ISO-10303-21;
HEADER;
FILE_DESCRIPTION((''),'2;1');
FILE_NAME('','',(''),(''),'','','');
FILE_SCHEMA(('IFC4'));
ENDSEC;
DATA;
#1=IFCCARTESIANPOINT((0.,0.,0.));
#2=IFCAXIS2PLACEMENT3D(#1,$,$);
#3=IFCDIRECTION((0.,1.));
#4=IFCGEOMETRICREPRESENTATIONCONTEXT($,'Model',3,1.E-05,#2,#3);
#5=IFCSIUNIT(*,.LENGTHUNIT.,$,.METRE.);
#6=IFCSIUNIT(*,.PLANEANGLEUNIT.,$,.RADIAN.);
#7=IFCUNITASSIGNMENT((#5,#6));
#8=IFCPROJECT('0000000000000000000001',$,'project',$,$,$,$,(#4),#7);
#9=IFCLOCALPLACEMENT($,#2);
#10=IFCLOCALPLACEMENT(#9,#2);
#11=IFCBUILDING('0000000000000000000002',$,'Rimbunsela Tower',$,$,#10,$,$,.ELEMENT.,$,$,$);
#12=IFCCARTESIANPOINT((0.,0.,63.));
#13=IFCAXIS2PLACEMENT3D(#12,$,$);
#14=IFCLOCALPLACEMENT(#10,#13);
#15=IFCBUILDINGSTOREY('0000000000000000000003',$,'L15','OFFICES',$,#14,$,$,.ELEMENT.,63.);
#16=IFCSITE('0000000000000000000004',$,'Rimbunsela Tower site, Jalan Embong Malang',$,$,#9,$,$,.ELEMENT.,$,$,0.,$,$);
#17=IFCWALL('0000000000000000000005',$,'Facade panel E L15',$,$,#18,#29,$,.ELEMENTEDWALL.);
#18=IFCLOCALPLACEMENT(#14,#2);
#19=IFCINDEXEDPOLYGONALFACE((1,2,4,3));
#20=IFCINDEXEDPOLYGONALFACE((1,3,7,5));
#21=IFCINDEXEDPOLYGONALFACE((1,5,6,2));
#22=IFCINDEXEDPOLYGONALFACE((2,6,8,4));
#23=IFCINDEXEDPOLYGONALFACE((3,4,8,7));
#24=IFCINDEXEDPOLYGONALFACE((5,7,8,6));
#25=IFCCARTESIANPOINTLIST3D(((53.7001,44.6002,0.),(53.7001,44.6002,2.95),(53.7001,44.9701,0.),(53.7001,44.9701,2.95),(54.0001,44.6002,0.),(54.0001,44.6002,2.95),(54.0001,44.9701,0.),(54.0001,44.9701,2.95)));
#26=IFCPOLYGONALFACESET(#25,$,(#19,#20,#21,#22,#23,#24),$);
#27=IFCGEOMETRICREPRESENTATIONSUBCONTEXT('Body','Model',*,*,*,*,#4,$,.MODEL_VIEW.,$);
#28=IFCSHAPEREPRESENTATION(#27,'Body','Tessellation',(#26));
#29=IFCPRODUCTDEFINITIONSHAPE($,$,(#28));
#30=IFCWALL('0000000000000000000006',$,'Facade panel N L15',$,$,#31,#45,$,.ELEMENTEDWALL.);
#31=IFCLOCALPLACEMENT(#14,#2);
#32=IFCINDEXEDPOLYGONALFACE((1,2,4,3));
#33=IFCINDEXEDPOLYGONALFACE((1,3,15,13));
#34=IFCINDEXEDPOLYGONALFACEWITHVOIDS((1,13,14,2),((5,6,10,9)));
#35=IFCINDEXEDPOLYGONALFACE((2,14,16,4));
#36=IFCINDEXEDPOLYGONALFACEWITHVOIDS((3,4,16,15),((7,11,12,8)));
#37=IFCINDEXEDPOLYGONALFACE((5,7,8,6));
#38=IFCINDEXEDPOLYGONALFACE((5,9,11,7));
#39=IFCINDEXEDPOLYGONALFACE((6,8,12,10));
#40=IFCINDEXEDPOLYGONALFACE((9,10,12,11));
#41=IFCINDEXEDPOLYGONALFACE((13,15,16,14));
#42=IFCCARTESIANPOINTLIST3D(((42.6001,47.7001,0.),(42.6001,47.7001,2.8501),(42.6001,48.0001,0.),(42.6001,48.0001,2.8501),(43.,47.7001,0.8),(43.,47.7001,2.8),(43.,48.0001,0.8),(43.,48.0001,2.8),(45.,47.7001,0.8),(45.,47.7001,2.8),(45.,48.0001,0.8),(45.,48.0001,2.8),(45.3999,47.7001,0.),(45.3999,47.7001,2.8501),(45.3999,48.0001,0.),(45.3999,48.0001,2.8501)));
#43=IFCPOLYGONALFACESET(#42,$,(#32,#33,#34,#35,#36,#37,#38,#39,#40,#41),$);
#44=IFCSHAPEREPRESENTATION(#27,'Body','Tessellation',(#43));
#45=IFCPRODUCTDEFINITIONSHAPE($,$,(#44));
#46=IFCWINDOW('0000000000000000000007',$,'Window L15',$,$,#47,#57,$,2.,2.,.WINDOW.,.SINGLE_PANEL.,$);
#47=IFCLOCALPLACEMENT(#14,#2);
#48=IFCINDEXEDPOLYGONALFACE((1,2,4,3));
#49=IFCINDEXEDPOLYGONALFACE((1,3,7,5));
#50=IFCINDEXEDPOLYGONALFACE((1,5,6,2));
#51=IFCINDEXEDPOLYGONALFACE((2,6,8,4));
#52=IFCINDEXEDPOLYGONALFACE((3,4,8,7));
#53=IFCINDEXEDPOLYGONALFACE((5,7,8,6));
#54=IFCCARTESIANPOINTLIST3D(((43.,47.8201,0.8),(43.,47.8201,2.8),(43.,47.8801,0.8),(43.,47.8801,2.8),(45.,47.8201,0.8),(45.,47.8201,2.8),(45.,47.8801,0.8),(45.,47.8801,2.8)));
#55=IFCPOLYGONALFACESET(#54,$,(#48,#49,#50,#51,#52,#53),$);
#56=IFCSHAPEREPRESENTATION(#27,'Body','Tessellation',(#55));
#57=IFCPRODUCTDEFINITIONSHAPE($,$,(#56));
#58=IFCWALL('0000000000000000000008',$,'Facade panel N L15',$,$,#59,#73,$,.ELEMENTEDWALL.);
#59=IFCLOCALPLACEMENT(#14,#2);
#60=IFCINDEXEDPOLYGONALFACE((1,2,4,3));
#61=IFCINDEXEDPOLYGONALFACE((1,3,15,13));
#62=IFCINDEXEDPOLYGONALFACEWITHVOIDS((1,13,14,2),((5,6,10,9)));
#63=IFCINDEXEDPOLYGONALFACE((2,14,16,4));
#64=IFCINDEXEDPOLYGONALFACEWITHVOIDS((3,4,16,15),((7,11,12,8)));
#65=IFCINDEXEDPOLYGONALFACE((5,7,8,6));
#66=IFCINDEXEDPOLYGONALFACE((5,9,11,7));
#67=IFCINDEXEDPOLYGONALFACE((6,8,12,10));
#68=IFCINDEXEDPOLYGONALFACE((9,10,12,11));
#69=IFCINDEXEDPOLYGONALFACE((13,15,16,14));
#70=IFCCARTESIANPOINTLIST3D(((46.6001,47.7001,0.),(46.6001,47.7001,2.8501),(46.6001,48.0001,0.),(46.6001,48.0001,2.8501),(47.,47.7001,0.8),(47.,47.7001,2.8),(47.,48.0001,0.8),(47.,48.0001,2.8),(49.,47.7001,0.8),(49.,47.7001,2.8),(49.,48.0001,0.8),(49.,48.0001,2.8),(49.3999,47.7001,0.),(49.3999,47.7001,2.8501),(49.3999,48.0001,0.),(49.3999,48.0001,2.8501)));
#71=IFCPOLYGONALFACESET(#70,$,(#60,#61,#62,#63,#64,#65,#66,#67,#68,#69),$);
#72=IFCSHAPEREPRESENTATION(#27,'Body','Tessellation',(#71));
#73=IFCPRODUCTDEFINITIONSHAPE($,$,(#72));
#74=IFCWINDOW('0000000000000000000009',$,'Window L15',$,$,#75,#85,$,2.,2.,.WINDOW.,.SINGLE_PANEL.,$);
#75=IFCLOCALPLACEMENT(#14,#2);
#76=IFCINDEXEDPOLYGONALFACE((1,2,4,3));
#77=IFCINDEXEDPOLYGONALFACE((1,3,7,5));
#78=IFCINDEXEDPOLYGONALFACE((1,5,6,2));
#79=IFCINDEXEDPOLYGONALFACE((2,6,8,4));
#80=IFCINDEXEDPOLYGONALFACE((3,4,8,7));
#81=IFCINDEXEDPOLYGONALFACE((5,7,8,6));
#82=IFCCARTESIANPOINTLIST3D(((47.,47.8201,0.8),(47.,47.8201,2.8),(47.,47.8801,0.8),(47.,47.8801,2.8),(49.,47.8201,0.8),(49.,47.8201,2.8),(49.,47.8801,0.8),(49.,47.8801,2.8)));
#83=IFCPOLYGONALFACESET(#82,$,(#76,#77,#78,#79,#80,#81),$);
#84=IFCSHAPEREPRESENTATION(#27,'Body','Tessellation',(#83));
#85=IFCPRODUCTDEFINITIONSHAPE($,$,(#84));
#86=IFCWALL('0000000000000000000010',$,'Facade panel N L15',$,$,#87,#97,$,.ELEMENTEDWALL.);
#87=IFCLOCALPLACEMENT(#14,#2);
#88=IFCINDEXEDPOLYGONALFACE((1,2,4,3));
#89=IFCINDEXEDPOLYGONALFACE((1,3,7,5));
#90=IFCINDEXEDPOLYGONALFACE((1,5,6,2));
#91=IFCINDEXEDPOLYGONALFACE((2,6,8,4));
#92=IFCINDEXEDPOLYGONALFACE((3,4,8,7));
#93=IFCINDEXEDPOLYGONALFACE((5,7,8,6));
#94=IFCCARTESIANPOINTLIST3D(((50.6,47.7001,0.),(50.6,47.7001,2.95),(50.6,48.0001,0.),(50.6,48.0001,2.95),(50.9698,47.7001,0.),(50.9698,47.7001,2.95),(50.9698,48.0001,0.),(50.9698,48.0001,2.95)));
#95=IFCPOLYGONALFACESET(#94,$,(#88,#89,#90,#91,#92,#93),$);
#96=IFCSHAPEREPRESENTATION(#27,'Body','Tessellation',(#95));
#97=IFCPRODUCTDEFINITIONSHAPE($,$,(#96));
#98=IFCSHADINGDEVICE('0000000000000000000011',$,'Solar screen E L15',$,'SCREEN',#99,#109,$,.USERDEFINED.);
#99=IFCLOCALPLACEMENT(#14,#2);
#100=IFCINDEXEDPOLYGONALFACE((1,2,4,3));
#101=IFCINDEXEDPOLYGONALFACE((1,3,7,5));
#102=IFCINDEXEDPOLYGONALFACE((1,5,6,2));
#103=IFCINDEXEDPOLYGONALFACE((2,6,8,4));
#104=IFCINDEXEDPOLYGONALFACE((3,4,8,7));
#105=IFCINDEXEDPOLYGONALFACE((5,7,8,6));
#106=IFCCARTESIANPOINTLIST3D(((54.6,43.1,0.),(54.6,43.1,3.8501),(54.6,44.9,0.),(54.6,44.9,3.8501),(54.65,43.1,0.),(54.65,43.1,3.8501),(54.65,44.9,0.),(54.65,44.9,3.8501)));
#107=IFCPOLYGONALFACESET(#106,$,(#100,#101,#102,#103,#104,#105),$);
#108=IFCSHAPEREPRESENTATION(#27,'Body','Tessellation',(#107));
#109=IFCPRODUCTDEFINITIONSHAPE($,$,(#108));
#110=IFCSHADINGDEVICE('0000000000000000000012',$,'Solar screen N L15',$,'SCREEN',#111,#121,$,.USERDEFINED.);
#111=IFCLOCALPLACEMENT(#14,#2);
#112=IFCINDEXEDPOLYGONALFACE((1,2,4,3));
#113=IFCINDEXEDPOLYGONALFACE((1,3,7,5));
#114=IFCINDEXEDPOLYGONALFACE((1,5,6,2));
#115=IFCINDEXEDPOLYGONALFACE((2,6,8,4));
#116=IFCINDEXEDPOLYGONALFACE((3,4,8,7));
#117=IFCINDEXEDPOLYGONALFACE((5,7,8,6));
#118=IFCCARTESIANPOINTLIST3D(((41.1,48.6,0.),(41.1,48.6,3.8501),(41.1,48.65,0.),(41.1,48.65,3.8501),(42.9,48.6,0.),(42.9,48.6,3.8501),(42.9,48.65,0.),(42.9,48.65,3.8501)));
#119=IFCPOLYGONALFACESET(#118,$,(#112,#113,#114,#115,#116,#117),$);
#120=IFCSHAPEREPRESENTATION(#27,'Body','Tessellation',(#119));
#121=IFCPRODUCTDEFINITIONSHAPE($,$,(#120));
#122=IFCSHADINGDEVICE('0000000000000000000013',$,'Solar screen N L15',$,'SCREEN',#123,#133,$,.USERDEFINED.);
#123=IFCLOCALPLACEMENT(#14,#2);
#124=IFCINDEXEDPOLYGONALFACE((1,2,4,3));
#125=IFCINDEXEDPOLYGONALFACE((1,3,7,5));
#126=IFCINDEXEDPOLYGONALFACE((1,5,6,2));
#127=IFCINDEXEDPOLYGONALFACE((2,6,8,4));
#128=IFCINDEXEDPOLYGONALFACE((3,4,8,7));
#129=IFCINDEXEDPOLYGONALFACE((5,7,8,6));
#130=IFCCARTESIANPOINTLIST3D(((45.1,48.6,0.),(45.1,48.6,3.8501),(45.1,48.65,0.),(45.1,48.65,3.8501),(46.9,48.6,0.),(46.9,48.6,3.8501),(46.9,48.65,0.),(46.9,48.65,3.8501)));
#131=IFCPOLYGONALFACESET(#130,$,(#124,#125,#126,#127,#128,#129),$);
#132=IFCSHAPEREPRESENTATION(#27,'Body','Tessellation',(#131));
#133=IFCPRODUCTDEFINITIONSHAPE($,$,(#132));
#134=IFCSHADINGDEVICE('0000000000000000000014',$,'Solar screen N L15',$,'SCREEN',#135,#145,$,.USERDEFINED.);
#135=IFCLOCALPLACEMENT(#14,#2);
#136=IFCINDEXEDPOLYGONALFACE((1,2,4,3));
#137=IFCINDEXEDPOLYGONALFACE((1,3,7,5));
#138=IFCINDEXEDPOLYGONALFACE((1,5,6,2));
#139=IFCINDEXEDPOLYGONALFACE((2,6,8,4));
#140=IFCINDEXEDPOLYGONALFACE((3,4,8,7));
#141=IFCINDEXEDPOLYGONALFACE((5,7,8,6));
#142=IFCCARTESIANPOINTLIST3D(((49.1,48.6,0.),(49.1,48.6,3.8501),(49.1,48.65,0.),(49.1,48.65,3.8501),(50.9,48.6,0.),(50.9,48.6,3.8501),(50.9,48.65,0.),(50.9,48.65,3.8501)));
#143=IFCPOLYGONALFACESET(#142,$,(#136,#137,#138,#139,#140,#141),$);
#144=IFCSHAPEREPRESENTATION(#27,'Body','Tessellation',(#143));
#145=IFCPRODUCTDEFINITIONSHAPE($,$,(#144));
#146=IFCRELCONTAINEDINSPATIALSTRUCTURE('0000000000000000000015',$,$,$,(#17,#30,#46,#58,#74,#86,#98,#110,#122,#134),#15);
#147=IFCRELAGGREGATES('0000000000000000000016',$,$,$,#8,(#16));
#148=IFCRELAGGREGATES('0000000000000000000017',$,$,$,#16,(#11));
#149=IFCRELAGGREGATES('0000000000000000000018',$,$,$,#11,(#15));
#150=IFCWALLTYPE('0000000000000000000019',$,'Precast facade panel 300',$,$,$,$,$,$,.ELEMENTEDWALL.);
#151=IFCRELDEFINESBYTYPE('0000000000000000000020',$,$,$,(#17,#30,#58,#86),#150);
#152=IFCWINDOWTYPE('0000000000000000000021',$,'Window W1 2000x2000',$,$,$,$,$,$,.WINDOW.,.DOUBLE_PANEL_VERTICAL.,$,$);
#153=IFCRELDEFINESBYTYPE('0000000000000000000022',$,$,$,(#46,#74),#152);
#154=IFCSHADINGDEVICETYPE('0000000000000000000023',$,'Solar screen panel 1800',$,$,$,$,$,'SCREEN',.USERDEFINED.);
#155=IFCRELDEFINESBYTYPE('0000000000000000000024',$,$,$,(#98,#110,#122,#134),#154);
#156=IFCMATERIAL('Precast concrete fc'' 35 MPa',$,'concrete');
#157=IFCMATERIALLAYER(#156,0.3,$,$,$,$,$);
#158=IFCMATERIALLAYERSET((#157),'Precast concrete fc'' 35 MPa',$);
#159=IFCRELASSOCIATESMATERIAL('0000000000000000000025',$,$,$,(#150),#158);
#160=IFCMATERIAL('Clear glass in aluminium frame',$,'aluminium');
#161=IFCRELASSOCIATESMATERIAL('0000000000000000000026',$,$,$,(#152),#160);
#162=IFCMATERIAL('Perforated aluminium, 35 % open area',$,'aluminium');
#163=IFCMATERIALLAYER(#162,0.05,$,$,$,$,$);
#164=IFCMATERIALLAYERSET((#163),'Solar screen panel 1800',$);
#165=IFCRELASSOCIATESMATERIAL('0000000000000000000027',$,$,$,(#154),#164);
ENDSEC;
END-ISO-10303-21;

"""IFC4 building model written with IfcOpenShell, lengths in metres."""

from ifc_helpers import new_model, si_unit, direction, frame, frame_2d, origin, origin_2d, place, context, subcontext, project, spatial, rectangle, extrude, material, layer, layer_set, type_object, element, fill, save


model = new_model("IFC4")

# Units and contexts
model_context = context("Model", 3, precision=1e-05, world=origin(), true_north=direction((0.0, 1.0)))
body_context = subcontext(model_context, "Body", "Model", "MODEL_VIEW")
ifc_project = project(units=[si_unit("LENGTHUNIT", "METRE"), si_unit("PLANEANGLEUNIT", "RADIAN")], contexts=[model_context])

# Site, building, storey
site_placement = place(None, origin())
site = spatial("IfcSite", under=ifc_project, at=site_placement, Name="Rimbunsela Tower site, Jalan Embong Malang", CompositionType="ELEMENT", RefElevation=0.0)
building_placement = place(site_placement, origin())
building = spatial("IfcBuilding", under=site, at=building_placement, Name="Rimbunsela Tower", CompositionType="ELEMENT")
storey_placement = place(building_placement, frame((0.0, 0.0, 63.0)))
storey = spatial("IfcBuildingStorey", under=building, at=storey_placement, Name="L15", Description="OFFICES", CompositionType="ELEMENT", Elevation=63.0)

# Wall
ifc_material_1 = material(Name="Precast concrete fc' 35 MPa", Category="concrete")
ifc_layer_1 = layer(ifc_material_1, 0.3)
ifc_layer_set_1 = layer_set([ifc_layer_1], Name="Precast concrete fc' 35 MPa")
wall_type_1 = type_object("IfcWallType", Name="Precast facade panel 300", PredefinedType="ELEMENTEDWALL", material=ifc_layer_set_1)
wall_1_placement = place(storey_placement, frame((53.8501, 44.6001, 0.0), z_axis=(0.0, 0.0, 1.0), x_axis=(0.0, 1.0, 0.0)))
element("IfcWall", 1, at=wall_1_placement, inside=storey, type_object=wall_type_1, Name="Facade panel E L15", PredefinedType="ELEMENTEDWALL", context=body_context, shape_type="SweptSolid", body=[
    extrude(rectangle(XDim=0.3699, YDim=0.3, at=frame_2d((0.1851, 0.0))), origin(), (0.0, 0.0, 1.0), 2.95),
])

# Walls, openings, windows
wall_2_placement = place(storey_placement, frame((45.3999, 47.8501, 0.0), z_axis=(0.0, 0.0, 1.0), x_axis=(-1.0, 0.0, 0.0)))
wall_2 = element("IfcWall", 2, at=wall_2_placement, inside=storey, type_object=wall_type_1, Name="Facade panel N L15", PredefinedType="ELEMENTEDWALL", context=body_context, shape_type="SweptSolid", body=[
    extrude(rectangle(XDim=2.7998, YDim=0.3, at=frame_2d((1.3999, 0.0))), origin(), (0.0, 0.0, 1.0), 2.8501),
])
opening_1_placement = place(wall_2_placement, frame((0.3999, 0.0, 0.8)))
opening_1 = element("IfcOpeningElement", 3, at=opening_1_placement, cuts=wall_2, PredefinedType="OPENING", context=body_context, shape_type="SweptSolid", body=[
    extrude(rectangle(XDim=2.0, YDim=2.0, at=frame_2d((1.0, 1.0))), frame((0.0, 0.1599, 0.0), z_axis=(0.0, -1.0, 0.0), x_axis=(1.0, 0.0, 0.0)), (0.0, 0.0, 1.0), 0.3201),
])
ifc_material_2 = material(Name="Clear glass in aluminium frame", Category="aluminium")
window_type = type_object("IfcWindowType", Name="Window W1 2000x2000", PartitioningType="DOUBLE_PANEL_VERTICAL", PredefinedType="WINDOW", material=ifc_material_2)
window_1_placement = place(opening_1_placement, origin())
window_1 = element("IfcWindow", 4, at=window_1_placement, inside=storey, type_object=window_type, Name="Window L15", OverallHeight=2.0, OverallWidth=2.0, PartitioningType="SINGLE_PANEL", PredefinedType="WINDOW", context=body_context, shape_type="SweptSolid", body=[
    extrude(rectangle(XDim=2.0, YDim=2.0, at=frame_2d((1.0, 1.0))), frame((0.0, 0.03, 0.0), z_axis=(0.0, -1.0, 0.0), x_axis=(1.0, 0.0, 0.0)), (0.0, 0.0, 1.0), 0.0601),
])
fill(opening_1, window_1)
wall_3_placement = place(storey_placement, frame((49.3999, 47.8501, 0.0), z_axis=(0.0, 0.0, 1.0), x_axis=(-1.0, 0.0, 0.0)))
wall_3 = element("IfcWall", 5, at=wall_3_placement, inside=storey, type_object=wall_type_1, Name="Facade panel N L15", PredefinedType="ELEMENTEDWALL", context=body_context, shape_type="SweptSolid", body=[
    extrude(rectangle(XDim=2.7998, YDim=0.3, at=frame_2d((1.3999, 0.0))), origin(), (0.0, 0.0, 1.0), 2.8501),
])
opening_2_placement = place(wall_3_placement, frame((0.3999, 0.0, 0.8)))
opening_2 = element("IfcOpeningElement", 6, at=opening_2_placement, cuts=wall_3, PredefinedType="OPENING", context=body_context, shape_type="SweptSolid", body=[
    extrude(rectangle(XDim=2.0, YDim=2.0, at=frame_2d((1.0, 1.0))), frame((0.0, 0.1599, 0.0), z_axis=(0.0, -1.0, 0.0), x_axis=(1.0, 0.0, 0.0)), (0.0, 0.0, 1.0), 0.3201),
])
window_2_placement = place(opening_2_placement, origin())
window_2 = element("IfcWindow", 7, at=window_2_placement, inside=storey, type_object=window_type, Name="Window L15", OverallHeight=2.0, OverallWidth=2.0, PartitioningType="SINGLE_PANEL", PredefinedType="WINDOW", context=body_context, shape_type="SweptSolid", body=[
    extrude(rectangle(XDim=2.0, YDim=2.0, at=frame_2d((1.0, 1.0))), frame((0.0, 0.03, 0.0), z_axis=(0.0, -1.0, 0.0), x_axis=(1.0, 0.0, 0.0)), (0.0, 0.0, 1.0), 0.0601),
])
fill(opening_2, window_2)

# Wall
wall_4_placement = place(storey_placement, frame((50.97, 47.8501, 0.0), z_axis=(0.0, 0.0, 1.0), x_axis=(-1.0, 0.0, 0.0)))
element("IfcWall", 8, at=wall_4_placement, inside=storey, type_object=wall_type_1, Name="Facade panel N L15", PredefinedType="ELEMENTEDWALL", context=body_context, shape_type="SweptSolid", body=[
    extrude(rectangle(XDim=0.3699, YDim=0.3, at=frame_2d((0.1851, 0.0))), origin(), (0.0, 0.0, 1.0), 2.95),
])

# Shading devices
ifc_material_3 = material(Name="Perforated aluminium, 35 % open area", Category="aluminium")
ifc_layer_2 = layer(ifc_material_3, 0.05)
ifc_layer_set_2 = layer_set([ifc_layer_2], Name="Solar screen panel 1800")
shading_device_type = type_object("IfcShadingDeviceType", Name="Solar screen panel 1800", ElementType="SCREEN", PredefinedType="USERDEFINED", material=ifc_layer_set_2)
for number, where, z_axis, x_axis, name in (
    (9, (54.625, 44.0, 0.0), (0.0, 0.0, 1.0), (0.0, 1.0, 0.0), "Solar screen E L15"),
    (10, (42.0, 48.625, 0.0), (0.0, 0.0, 1.0), (1.0, 0.0, 0.0), "Solar screen N L15"),
    (11, (46.0, 48.625, 0.0), (0.0, 0.0, 1.0), (1.0, 0.0, 0.0), "Solar screen N L15"),
    (12, (50.0, 48.625, 0.0), (0.0, 0.0, 1.0), (1.0, 0.0, 0.0), "Solar screen N L15"),
):
    element("IfcShadingDevice", number, at=place(storey_placement, frame(where, z_axis=z_axis, x_axis=x_axis)), inside=storey, type_object=shading_device_type, Name=name, ObjectType="SCREEN", PredefinedType="USERDEFINED", context=body_context, shape_type="SweptSolid", body=[
        extrude(rectangle(XDim=1.8, YDim=0.05, at=origin_2d()), origin(), (0.0, 0.0, 1.0), 3.8501),
    ])

save(model, "model.ifc")
